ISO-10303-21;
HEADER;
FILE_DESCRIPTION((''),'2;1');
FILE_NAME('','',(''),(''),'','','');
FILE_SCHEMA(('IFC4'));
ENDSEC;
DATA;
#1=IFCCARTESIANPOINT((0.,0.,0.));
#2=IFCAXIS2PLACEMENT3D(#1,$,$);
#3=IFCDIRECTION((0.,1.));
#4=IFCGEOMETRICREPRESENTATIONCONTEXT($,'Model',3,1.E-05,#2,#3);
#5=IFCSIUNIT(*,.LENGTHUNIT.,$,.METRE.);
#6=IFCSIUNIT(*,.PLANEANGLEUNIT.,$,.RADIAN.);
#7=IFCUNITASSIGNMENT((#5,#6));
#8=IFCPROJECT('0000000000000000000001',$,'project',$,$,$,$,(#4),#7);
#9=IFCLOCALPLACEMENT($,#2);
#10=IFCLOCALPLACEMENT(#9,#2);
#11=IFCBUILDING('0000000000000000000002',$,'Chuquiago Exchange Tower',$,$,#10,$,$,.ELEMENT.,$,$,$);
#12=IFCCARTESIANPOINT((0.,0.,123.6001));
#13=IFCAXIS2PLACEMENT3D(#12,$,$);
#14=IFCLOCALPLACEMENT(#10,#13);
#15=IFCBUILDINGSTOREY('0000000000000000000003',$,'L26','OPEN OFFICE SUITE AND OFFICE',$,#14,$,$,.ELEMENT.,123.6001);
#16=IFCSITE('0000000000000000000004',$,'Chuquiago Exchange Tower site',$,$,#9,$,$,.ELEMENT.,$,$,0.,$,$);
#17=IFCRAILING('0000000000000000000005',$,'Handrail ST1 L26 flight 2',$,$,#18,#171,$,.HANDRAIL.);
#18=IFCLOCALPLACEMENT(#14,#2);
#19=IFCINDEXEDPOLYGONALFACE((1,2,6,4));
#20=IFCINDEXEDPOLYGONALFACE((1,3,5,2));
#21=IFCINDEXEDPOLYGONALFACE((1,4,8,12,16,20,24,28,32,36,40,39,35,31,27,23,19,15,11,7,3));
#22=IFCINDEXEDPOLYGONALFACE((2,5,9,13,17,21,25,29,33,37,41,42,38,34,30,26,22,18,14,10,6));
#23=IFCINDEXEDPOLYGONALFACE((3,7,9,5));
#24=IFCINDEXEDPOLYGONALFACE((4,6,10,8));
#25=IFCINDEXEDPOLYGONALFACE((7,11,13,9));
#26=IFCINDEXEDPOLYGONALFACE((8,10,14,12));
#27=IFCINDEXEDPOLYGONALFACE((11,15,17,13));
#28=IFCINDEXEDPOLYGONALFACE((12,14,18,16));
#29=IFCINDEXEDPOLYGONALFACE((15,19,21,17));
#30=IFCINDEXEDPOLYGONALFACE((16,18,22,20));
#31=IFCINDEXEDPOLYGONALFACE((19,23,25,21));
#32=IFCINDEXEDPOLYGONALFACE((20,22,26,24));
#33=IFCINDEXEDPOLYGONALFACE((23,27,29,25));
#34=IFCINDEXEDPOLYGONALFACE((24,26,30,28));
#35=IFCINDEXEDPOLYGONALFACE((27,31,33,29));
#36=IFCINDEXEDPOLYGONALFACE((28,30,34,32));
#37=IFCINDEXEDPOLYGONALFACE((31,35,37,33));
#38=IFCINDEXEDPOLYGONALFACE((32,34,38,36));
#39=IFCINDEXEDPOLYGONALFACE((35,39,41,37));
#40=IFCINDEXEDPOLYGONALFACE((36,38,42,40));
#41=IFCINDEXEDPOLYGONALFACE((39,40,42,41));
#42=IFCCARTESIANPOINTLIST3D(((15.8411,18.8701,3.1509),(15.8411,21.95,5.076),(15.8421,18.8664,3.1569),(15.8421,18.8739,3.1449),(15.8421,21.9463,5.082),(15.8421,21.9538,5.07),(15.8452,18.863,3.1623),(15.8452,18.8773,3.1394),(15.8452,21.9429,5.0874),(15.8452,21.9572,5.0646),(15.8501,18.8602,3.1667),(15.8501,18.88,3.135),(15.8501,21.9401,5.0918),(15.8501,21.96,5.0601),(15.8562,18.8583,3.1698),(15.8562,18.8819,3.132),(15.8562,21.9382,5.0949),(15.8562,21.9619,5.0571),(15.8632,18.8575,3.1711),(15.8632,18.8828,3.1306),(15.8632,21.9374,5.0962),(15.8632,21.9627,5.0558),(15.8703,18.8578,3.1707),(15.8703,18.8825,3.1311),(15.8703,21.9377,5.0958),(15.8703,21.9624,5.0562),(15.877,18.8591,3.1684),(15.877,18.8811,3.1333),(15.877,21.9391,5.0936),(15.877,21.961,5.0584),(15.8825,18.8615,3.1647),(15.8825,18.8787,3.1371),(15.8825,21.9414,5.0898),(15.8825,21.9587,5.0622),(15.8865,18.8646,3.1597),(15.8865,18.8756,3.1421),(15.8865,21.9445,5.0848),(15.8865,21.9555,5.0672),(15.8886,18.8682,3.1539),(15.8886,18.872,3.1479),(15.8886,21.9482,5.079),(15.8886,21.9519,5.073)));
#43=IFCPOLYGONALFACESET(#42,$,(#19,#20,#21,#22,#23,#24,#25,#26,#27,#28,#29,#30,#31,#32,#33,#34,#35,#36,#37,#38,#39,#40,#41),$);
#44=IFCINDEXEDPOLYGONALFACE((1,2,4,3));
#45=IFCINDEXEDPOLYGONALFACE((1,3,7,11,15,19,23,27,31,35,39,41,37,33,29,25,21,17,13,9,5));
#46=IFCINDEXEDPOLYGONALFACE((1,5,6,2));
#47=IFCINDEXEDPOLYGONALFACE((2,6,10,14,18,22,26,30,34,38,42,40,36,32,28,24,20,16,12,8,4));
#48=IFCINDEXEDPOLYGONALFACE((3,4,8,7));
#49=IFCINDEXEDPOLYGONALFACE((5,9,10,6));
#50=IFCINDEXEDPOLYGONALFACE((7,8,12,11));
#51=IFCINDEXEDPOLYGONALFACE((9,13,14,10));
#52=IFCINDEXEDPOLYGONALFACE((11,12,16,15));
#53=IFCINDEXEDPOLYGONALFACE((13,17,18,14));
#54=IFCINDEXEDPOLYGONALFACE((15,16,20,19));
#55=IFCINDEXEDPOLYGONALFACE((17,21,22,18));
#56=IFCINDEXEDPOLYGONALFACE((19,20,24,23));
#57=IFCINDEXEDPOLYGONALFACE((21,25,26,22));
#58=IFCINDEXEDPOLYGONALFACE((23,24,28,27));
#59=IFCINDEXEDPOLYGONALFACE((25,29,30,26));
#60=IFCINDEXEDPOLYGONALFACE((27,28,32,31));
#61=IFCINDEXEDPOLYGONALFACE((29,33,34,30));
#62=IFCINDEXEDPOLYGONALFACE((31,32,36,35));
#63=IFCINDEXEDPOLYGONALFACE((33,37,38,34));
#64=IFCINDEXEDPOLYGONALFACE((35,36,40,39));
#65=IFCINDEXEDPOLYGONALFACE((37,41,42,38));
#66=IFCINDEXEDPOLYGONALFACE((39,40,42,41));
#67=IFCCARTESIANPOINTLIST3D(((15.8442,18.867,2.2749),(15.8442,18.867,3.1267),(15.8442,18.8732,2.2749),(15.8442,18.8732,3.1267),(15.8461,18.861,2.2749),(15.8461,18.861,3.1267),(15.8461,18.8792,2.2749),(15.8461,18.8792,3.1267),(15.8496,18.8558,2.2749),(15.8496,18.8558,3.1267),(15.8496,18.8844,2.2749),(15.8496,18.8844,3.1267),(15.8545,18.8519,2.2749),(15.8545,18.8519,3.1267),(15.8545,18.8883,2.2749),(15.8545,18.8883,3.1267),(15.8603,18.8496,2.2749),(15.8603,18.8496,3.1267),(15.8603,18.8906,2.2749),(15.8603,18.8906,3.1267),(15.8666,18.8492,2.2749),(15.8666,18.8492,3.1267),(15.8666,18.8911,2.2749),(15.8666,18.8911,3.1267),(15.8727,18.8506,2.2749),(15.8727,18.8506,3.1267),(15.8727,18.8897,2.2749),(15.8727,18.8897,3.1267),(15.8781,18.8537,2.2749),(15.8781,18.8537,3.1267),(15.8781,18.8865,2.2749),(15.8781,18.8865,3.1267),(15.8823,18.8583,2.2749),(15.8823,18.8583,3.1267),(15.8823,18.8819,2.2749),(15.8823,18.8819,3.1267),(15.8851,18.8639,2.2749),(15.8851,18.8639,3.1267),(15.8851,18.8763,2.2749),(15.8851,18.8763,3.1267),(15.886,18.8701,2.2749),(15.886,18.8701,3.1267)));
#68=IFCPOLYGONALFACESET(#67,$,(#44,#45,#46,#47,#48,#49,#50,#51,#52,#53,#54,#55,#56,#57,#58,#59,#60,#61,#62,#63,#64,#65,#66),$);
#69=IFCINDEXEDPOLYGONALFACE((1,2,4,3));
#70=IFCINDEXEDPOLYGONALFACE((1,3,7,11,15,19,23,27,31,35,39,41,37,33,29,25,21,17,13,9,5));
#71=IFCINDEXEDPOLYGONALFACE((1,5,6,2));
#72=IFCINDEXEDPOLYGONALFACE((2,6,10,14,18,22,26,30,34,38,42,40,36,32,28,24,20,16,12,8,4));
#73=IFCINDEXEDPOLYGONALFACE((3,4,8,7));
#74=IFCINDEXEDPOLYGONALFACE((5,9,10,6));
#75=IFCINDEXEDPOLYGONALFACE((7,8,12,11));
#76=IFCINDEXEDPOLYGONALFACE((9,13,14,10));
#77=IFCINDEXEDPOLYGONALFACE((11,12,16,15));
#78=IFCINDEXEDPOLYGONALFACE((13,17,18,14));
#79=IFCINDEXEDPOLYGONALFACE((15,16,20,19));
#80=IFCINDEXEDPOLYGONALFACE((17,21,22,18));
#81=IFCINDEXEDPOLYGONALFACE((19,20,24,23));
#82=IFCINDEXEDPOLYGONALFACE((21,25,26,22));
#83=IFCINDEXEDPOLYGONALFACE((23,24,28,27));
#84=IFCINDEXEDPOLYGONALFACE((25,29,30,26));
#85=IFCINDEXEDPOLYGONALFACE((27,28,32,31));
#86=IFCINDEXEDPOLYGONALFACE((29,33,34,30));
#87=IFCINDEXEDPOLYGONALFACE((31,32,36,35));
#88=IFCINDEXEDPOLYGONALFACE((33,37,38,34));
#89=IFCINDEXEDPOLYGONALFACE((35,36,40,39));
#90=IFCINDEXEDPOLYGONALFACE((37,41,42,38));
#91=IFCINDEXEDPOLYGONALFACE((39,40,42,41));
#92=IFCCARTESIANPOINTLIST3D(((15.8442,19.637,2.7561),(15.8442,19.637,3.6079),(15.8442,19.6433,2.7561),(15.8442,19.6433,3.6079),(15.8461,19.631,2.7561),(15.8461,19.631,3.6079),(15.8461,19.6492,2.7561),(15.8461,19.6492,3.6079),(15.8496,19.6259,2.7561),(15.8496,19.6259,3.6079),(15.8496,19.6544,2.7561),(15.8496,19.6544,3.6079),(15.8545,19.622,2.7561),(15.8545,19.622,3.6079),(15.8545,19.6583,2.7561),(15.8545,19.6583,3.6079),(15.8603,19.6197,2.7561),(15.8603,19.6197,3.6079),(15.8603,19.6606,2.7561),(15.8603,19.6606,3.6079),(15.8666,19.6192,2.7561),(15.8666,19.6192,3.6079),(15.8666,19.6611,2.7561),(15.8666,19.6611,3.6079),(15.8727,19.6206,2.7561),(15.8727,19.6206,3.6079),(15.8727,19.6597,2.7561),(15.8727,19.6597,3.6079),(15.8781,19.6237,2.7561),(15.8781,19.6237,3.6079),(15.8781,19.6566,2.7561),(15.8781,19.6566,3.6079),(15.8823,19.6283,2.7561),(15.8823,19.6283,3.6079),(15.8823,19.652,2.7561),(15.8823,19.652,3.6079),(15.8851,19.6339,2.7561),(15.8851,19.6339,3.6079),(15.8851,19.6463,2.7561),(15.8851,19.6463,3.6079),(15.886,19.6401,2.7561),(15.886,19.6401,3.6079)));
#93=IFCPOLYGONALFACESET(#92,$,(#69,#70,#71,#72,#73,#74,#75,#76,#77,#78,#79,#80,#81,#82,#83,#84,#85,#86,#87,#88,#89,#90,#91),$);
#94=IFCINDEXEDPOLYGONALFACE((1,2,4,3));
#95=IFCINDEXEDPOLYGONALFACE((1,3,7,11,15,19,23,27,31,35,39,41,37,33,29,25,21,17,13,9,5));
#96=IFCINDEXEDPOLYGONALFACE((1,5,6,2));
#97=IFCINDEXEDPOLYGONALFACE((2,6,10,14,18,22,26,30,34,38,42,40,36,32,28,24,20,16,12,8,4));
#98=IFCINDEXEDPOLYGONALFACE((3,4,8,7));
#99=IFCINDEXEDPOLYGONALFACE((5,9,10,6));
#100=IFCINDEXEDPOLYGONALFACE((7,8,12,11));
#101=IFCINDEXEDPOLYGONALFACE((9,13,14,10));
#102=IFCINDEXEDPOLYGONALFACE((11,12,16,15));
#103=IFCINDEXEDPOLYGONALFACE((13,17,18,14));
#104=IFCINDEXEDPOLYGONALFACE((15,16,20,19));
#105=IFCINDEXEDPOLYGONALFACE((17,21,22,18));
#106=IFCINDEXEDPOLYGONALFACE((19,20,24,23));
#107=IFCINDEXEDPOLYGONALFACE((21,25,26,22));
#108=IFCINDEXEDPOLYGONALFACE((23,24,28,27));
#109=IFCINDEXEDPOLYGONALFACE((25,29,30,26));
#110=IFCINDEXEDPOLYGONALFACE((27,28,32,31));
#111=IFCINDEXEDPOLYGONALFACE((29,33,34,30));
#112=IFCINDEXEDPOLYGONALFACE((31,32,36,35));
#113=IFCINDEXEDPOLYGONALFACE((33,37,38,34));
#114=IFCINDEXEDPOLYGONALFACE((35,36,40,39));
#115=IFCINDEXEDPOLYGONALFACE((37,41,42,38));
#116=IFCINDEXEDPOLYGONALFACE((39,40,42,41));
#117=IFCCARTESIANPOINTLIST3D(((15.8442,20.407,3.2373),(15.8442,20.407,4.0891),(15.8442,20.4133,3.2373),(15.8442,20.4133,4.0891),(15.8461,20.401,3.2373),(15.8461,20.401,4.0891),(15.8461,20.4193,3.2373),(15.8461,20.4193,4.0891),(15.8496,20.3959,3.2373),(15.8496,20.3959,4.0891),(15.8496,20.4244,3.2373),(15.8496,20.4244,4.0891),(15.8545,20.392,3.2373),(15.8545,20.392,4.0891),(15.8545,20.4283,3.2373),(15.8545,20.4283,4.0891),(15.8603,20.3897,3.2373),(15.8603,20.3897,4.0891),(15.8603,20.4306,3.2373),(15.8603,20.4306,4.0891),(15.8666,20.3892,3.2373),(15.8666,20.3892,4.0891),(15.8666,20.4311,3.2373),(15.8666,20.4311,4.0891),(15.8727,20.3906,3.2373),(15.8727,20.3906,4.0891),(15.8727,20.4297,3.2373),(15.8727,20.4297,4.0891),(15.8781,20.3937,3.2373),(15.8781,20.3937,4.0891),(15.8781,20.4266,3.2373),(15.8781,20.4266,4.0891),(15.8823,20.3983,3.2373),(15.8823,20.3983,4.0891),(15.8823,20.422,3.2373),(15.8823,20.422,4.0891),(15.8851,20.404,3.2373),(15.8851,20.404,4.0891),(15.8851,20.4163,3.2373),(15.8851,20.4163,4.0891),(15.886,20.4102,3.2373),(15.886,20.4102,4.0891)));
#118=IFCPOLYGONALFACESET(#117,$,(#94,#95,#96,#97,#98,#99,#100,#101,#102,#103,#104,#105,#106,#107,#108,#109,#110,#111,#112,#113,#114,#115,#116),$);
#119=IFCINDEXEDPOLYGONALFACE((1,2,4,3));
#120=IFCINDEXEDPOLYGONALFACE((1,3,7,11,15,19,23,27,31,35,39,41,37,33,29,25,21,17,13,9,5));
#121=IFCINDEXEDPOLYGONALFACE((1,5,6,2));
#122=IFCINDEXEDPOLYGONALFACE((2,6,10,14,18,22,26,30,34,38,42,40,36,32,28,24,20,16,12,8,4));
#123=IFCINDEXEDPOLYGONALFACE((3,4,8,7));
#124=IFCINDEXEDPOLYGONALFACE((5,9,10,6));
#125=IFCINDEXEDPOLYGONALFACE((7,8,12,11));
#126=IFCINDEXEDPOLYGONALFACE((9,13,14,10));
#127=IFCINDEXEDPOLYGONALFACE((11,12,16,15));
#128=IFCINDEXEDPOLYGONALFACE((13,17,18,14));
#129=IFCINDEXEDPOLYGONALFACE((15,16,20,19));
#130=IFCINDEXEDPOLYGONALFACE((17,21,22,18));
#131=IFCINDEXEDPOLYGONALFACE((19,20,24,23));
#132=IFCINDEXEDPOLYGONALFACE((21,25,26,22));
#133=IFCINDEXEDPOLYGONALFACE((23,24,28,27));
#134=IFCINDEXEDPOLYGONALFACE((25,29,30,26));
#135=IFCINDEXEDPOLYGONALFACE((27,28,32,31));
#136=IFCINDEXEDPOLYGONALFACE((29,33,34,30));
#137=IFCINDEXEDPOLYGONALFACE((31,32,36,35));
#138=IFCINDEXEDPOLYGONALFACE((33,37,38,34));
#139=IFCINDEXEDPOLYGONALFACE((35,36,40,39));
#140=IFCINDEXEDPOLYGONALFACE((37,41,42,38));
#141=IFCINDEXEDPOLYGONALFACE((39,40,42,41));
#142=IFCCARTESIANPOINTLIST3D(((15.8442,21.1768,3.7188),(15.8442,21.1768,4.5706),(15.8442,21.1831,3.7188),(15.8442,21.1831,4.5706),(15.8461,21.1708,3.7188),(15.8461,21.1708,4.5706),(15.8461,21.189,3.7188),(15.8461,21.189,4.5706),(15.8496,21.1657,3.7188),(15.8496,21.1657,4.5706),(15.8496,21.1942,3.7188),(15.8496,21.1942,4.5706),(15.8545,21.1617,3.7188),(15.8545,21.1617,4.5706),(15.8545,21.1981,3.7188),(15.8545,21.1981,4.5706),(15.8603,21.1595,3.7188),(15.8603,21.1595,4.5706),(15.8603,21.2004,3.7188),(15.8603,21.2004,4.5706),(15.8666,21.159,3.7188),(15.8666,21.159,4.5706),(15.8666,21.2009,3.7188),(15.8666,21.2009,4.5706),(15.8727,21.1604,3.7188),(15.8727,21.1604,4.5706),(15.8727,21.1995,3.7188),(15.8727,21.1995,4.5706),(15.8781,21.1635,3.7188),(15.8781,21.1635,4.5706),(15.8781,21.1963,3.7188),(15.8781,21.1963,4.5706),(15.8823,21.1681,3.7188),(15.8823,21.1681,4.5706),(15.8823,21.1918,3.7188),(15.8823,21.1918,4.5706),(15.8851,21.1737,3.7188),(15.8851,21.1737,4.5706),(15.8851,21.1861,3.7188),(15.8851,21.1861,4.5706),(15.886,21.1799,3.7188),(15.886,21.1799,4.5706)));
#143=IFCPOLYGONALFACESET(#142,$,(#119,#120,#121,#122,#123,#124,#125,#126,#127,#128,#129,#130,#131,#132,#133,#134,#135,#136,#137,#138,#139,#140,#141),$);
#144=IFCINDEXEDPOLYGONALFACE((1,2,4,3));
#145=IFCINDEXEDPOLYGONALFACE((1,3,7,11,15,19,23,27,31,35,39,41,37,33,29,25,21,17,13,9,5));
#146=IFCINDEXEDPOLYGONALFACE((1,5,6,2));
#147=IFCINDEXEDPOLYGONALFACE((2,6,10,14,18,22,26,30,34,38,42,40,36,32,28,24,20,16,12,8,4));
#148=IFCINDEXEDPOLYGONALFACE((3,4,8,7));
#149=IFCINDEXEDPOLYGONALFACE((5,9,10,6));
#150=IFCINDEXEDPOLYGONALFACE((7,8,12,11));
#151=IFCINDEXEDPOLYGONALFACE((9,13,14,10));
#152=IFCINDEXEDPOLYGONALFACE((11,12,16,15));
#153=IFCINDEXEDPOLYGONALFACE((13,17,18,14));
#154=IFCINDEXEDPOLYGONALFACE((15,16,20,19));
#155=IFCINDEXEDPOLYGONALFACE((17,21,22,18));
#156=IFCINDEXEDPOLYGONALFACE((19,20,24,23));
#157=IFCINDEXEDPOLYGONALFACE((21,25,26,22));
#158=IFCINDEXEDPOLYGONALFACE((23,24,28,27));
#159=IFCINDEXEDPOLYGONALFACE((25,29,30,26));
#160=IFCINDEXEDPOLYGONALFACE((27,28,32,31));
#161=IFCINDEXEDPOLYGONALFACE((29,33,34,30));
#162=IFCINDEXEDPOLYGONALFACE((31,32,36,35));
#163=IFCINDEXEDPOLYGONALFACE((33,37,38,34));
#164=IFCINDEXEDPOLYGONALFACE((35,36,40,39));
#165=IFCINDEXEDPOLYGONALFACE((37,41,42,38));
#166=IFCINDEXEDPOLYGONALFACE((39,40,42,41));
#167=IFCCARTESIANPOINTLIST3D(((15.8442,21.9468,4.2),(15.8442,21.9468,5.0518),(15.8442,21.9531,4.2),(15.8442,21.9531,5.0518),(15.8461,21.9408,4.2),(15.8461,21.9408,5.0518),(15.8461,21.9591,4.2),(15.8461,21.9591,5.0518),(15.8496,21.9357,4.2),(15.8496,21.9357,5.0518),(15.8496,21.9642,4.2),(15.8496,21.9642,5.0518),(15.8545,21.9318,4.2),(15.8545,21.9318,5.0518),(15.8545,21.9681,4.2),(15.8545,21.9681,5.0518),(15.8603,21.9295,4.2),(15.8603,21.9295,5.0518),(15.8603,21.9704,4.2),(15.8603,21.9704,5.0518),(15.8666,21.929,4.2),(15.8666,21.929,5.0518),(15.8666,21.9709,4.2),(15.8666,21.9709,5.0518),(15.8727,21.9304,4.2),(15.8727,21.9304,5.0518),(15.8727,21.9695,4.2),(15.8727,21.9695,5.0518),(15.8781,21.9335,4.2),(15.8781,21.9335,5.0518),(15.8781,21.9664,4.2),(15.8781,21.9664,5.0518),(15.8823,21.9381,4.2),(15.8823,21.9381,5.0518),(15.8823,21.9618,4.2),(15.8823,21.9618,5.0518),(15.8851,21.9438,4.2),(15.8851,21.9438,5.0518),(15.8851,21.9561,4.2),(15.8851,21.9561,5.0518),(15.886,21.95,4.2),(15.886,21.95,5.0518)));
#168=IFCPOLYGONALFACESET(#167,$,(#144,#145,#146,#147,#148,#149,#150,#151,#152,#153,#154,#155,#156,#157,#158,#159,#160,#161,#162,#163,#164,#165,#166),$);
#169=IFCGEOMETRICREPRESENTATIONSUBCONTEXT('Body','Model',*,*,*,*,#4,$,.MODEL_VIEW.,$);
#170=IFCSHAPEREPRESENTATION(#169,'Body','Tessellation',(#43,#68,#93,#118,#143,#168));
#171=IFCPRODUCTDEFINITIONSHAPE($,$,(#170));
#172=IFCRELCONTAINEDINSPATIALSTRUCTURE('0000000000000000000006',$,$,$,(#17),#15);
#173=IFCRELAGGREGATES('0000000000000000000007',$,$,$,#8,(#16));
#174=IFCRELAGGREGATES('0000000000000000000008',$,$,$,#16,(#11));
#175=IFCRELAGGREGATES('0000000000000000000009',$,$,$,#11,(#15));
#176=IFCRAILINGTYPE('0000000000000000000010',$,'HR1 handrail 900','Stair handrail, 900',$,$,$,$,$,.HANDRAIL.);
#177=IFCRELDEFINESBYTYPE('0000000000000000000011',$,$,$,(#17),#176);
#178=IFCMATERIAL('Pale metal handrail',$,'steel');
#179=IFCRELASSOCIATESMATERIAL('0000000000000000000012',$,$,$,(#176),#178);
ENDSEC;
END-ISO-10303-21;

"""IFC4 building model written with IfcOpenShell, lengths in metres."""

from ifc_helpers import new_model, si_unit, direction, frame, origin, origin_2d, place, context, subcontext, project, spatial, circle, extrude, material, type_object, element, save


model = new_model("IFC4")

# Units and contexts
model_context = context("Model", 3, precision=1e-05, world=origin(), true_north=direction((0.0, 1.0)))
body_context = subcontext(model_context, "Body", "Model", "MODEL_VIEW")
ifc_project = project(units=[si_unit("LENGTHUNIT", "METRE"), si_unit("PLANEANGLEUNIT", "RADIAN")], contexts=[model_context])

# Site, building, storey
site_placement = place(None, origin())
site = spatial("IfcSite", under=ifc_project, at=site_placement, Name="Chuquiago Exchange Tower site", CompositionType="ELEMENT", RefElevation=0.0)
building_placement = place(site_placement, origin())
building = spatial("IfcBuilding", under=site, at=building_placement, Name="Chuquiago Exchange Tower", CompositionType="ELEMENT")
storey_placement = place(building_placement, frame((0.0, 0.0, 123.6001)))
storey = spatial("IfcBuildingStorey", under=building, at=storey_placement, Name="L26", Description="OPEN OFFICE SUITE AND OFFICE", CompositionType="ELEMENT", Elevation=123.6001)

# Railing
ifc_material_1 = material(Name="Pale metal handrail", Category="steel")
railing_type_1 = type_object("IfcRailingType", Name="HR1 handrail 900", Description="Stair handrail, 900", PredefinedType="HANDRAIL", material=ifc_material_1)
for number, where, name in (
    (1, (15.865, 18.8701, 2.2749), "Handrail ST1 L26 flight 2"),
):
    element("IfcRailing", number, at=place(storey_placement, frame(where)), inside=storey, type_object=railing_type_1, Name=name, PredefinedType="HANDRAIL", context=body_context, shape_type="SweptSolid", body=[
        extrude(circle(Radius=0.0239, at=origin_2d()), frame((0.0, 0.0, 0.876), z_axis=(0.0, 0.847979, 0.530029), x_axis=(-1.0, 0.0, 0.0)), (0.0, 0.0, 1.0), 3.6321),
        extrude(circle(Radius=0.021, at=origin_2d()), origin(), (0.0, 0.0, 1.0), 0.8518),
        extrude(circle(Radius=0.021, at=origin_2d()), frame((0.0, 0.77, 0.4812)), (0.0, 0.0, 1.0), 0.8518),
        extrude(circle(Radius=0.021, at=origin_2d()), frame((0.0, 1.54, 0.9624)), (0.0, 0.0, 1.0), 0.8518),
        extrude(circle(Radius=0.021, at=origin_2d()), frame((0.0, 2.3098, 1.4438)), (0.0, 0.0, 1.0), 0.8518),
        extrude(circle(Radius=0.021, at=origin_2d()), frame((0.0, 3.0798, 1.925)), (0.0, 0.0, 1.0), 0.8518),
    ])

save(model, "model.ifc")
